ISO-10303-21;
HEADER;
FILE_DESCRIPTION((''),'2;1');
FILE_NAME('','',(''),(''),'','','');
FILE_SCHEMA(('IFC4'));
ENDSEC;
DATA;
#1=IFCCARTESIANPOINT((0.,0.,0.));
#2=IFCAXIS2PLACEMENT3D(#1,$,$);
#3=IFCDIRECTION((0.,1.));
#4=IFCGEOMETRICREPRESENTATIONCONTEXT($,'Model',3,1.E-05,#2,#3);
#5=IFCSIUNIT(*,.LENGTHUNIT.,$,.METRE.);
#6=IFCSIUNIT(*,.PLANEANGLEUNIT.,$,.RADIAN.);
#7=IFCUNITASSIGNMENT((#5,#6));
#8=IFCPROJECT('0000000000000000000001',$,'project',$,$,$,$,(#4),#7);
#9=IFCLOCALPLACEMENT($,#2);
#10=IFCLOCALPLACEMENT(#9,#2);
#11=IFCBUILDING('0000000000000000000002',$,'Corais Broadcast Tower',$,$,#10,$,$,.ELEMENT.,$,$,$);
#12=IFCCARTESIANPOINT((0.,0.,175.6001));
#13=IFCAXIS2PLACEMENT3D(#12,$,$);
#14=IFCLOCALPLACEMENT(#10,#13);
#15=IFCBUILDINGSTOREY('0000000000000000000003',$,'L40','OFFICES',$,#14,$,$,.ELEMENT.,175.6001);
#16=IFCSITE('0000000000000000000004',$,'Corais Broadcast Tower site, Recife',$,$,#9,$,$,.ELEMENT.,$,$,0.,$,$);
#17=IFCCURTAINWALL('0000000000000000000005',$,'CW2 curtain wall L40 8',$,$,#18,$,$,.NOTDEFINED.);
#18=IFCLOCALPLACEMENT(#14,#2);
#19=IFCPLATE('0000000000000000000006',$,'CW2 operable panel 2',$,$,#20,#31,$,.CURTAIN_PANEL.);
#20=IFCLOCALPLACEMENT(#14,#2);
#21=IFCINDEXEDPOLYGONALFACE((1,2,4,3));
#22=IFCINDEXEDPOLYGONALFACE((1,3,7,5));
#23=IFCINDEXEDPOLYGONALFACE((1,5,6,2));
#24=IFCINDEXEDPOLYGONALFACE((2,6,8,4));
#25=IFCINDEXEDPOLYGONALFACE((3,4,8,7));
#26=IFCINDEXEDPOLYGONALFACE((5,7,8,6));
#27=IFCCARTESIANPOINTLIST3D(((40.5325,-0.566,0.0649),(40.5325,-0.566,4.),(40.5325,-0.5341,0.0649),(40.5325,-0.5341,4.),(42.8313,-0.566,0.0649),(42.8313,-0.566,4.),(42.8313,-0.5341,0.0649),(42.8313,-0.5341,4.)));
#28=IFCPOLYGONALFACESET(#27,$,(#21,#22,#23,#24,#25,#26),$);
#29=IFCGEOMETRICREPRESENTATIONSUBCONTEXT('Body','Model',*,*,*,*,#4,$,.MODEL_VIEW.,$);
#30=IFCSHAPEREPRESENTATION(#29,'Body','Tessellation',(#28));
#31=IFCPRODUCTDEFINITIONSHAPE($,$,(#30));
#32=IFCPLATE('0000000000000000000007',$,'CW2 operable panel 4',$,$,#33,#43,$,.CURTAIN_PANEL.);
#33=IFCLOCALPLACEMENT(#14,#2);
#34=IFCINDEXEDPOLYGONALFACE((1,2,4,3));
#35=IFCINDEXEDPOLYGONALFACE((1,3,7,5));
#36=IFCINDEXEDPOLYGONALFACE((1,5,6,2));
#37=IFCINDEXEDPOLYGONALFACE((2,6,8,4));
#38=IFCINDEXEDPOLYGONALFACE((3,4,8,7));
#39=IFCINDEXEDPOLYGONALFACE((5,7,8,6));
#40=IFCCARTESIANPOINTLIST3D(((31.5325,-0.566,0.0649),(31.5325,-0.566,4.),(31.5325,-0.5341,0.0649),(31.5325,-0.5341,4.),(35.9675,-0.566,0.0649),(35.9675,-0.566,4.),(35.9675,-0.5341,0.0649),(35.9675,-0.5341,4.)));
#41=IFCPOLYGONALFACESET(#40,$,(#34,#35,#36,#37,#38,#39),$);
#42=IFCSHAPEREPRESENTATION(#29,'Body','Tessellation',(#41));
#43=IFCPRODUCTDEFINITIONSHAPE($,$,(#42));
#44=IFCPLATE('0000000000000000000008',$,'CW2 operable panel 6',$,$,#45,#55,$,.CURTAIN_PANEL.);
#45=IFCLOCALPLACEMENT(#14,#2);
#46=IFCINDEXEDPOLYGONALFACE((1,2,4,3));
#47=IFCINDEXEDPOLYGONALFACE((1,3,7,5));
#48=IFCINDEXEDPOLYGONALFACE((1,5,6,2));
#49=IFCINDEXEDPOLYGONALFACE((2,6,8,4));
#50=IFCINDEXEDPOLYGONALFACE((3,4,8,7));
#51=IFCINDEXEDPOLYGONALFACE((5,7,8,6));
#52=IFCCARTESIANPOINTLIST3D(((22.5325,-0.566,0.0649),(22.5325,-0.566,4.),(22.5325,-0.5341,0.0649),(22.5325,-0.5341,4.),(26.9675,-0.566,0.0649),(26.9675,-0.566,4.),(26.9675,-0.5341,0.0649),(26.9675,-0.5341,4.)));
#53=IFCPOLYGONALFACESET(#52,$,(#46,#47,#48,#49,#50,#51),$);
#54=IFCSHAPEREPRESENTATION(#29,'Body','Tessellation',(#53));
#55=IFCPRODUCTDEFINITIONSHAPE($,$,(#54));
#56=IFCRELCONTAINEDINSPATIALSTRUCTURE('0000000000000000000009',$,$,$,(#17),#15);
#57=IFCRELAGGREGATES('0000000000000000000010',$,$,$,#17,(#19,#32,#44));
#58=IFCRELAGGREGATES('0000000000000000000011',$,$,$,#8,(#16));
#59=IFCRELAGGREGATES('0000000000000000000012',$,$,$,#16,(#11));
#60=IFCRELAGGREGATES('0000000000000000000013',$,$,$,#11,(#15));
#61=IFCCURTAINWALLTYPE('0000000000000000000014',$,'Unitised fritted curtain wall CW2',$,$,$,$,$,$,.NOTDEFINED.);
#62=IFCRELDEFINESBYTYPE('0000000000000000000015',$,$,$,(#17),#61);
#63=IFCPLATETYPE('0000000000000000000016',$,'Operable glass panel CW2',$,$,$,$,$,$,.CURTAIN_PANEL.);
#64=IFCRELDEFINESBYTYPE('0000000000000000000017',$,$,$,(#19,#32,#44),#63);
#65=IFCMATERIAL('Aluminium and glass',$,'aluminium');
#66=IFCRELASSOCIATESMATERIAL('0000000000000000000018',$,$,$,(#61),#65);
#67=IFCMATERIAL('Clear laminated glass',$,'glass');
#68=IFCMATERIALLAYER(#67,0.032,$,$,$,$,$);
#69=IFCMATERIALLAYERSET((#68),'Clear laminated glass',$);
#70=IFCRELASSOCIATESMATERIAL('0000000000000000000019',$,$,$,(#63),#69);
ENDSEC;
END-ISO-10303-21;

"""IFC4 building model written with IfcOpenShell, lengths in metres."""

from ifc_helpers import new_model, si_unit, direction, frame, origin, origin_2d, place, context, subcontext, project, spatial, rectangle, extrude, material, layer, layer_set, type_object, element, aggregate, save


model = new_model("IFC4")

# Units and contexts
model_context = context("Model", 3, precision=1e-05, world=origin(), true_north=direction((0.0, 1.0)))
body_context = subcontext(model_context, "Body", "Model", "MODEL_VIEW")
ifc_project = project(units=[si_unit("LENGTHUNIT", "METRE"), si_unit("PLANEANGLEUNIT", "RADIAN")], contexts=[model_context])

# Site, building, storey
site_placement = place(None, origin())
site = spatial("IfcSite", under=ifc_project, at=site_placement, Name="Corais Broadcast Tower site, Recife", CompositionType="ELEMENT", RefElevation=0.0)
building_placement = place(site_placement, origin())
building = spatial("IfcBuilding", under=site, at=building_placement, Name="Corais Broadcast Tower", CompositionType="ELEMENT")
storey_placement = place(building_placement, frame((0.0, 0.0, 175.6001)))
storey = spatial("IfcBuildingStorey", under=building, at=storey_placement, Name="L40", Description="OFFICES", CompositionType="ELEMENT", Elevation=175.6001)

# Curtain wall
ifc_material_1 = material(Name="Aluminium and glass", Category="aluminium")
curtain_wall_type = type_object("IfcCurtainWallType", Name="Unitised fritted curtain wall CW2", PredefinedType="NOTDEFINED", material=ifc_material_1)
curtain_wall_placement = place(storey_placement, origin())
curtain_wall = element("IfcCurtainWall", 1, at=curtain_wall_placement, inside=storey, type_object=curtain_wall_type, Name="CW2 curtain wall L40 8", PredefinedType="NOTDEFINED")

# Plates
ifc_material_2 = material(Name="Clear laminated glass", Category="glass")
ifc_layer_1 = layer(ifc_material_2, 0.032)
ifc_layer_set_1 = layer_set([ifc_layer_1], Name="Clear laminated glass")
plate_type_1 = type_object("IfcPlateType", Name="Operable glass panel CW2", PredefinedType="CURTAIN_PANEL", material=ifc_layer_set_1)
plate_1_placement = place(storey_placement, frame((41.6819, -0.55, 0.0649), z_axis=(0.0, 0.0, 1.0), x_axis=(-1.0, 0.0, 0.0)))
plate_1 = element("IfcPlate", 2, at=plate_1_placement, type_object=plate_type_1, Name="CW2 operable panel 2", PredefinedType="CURTAIN_PANEL", context=body_context, shape_type="SweptSolid", body=[
    extrude(rectangle(XDim=2.2988, YDim=0.032, at=origin_2d()), origin(), (0.0, 0.0, 1.0), 3.9351),
])
plate_2_placement = place(storey_placement, frame((33.75, -0.55, 0.0649), z_axis=(0.0, 0.0, 1.0), x_axis=(-1.0, 0.0, 0.0)))
plate_2 = element("IfcPlate", 3, at=plate_2_placement, type_object=plate_type_1, Name="CW2 operable panel 4", PredefinedType="CURTAIN_PANEL", context=body_context, shape_type="SweptSolid", body=[
    extrude(rectangle(XDim=4.4351, YDim=0.032, at=origin_2d()), origin(), (0.0, 0.0, 1.0), 3.9351),
])
plate_3_placement = place(storey_placement, frame((24.75, -0.55, 0.0649), z_axis=(0.0, 0.0, 1.0), x_axis=(-1.0, 0.0, 0.0)))
plate_3 = element("IfcPlate", 4, at=plate_3_placement, type_object=plate_type_1, Name="CW2 operable panel 6", PredefinedType="CURTAIN_PANEL", context=body_context, shape_type="SweptSolid", body=[
    extrude(rectangle(XDim=4.4351, YDim=0.032, at=origin_2d()), origin(), (0.0, 0.0, 1.0), 3.9351),
])
aggregate(curtain_wall, [plate_1, plate_2, plate_3])

save(model, "model.ifc")
